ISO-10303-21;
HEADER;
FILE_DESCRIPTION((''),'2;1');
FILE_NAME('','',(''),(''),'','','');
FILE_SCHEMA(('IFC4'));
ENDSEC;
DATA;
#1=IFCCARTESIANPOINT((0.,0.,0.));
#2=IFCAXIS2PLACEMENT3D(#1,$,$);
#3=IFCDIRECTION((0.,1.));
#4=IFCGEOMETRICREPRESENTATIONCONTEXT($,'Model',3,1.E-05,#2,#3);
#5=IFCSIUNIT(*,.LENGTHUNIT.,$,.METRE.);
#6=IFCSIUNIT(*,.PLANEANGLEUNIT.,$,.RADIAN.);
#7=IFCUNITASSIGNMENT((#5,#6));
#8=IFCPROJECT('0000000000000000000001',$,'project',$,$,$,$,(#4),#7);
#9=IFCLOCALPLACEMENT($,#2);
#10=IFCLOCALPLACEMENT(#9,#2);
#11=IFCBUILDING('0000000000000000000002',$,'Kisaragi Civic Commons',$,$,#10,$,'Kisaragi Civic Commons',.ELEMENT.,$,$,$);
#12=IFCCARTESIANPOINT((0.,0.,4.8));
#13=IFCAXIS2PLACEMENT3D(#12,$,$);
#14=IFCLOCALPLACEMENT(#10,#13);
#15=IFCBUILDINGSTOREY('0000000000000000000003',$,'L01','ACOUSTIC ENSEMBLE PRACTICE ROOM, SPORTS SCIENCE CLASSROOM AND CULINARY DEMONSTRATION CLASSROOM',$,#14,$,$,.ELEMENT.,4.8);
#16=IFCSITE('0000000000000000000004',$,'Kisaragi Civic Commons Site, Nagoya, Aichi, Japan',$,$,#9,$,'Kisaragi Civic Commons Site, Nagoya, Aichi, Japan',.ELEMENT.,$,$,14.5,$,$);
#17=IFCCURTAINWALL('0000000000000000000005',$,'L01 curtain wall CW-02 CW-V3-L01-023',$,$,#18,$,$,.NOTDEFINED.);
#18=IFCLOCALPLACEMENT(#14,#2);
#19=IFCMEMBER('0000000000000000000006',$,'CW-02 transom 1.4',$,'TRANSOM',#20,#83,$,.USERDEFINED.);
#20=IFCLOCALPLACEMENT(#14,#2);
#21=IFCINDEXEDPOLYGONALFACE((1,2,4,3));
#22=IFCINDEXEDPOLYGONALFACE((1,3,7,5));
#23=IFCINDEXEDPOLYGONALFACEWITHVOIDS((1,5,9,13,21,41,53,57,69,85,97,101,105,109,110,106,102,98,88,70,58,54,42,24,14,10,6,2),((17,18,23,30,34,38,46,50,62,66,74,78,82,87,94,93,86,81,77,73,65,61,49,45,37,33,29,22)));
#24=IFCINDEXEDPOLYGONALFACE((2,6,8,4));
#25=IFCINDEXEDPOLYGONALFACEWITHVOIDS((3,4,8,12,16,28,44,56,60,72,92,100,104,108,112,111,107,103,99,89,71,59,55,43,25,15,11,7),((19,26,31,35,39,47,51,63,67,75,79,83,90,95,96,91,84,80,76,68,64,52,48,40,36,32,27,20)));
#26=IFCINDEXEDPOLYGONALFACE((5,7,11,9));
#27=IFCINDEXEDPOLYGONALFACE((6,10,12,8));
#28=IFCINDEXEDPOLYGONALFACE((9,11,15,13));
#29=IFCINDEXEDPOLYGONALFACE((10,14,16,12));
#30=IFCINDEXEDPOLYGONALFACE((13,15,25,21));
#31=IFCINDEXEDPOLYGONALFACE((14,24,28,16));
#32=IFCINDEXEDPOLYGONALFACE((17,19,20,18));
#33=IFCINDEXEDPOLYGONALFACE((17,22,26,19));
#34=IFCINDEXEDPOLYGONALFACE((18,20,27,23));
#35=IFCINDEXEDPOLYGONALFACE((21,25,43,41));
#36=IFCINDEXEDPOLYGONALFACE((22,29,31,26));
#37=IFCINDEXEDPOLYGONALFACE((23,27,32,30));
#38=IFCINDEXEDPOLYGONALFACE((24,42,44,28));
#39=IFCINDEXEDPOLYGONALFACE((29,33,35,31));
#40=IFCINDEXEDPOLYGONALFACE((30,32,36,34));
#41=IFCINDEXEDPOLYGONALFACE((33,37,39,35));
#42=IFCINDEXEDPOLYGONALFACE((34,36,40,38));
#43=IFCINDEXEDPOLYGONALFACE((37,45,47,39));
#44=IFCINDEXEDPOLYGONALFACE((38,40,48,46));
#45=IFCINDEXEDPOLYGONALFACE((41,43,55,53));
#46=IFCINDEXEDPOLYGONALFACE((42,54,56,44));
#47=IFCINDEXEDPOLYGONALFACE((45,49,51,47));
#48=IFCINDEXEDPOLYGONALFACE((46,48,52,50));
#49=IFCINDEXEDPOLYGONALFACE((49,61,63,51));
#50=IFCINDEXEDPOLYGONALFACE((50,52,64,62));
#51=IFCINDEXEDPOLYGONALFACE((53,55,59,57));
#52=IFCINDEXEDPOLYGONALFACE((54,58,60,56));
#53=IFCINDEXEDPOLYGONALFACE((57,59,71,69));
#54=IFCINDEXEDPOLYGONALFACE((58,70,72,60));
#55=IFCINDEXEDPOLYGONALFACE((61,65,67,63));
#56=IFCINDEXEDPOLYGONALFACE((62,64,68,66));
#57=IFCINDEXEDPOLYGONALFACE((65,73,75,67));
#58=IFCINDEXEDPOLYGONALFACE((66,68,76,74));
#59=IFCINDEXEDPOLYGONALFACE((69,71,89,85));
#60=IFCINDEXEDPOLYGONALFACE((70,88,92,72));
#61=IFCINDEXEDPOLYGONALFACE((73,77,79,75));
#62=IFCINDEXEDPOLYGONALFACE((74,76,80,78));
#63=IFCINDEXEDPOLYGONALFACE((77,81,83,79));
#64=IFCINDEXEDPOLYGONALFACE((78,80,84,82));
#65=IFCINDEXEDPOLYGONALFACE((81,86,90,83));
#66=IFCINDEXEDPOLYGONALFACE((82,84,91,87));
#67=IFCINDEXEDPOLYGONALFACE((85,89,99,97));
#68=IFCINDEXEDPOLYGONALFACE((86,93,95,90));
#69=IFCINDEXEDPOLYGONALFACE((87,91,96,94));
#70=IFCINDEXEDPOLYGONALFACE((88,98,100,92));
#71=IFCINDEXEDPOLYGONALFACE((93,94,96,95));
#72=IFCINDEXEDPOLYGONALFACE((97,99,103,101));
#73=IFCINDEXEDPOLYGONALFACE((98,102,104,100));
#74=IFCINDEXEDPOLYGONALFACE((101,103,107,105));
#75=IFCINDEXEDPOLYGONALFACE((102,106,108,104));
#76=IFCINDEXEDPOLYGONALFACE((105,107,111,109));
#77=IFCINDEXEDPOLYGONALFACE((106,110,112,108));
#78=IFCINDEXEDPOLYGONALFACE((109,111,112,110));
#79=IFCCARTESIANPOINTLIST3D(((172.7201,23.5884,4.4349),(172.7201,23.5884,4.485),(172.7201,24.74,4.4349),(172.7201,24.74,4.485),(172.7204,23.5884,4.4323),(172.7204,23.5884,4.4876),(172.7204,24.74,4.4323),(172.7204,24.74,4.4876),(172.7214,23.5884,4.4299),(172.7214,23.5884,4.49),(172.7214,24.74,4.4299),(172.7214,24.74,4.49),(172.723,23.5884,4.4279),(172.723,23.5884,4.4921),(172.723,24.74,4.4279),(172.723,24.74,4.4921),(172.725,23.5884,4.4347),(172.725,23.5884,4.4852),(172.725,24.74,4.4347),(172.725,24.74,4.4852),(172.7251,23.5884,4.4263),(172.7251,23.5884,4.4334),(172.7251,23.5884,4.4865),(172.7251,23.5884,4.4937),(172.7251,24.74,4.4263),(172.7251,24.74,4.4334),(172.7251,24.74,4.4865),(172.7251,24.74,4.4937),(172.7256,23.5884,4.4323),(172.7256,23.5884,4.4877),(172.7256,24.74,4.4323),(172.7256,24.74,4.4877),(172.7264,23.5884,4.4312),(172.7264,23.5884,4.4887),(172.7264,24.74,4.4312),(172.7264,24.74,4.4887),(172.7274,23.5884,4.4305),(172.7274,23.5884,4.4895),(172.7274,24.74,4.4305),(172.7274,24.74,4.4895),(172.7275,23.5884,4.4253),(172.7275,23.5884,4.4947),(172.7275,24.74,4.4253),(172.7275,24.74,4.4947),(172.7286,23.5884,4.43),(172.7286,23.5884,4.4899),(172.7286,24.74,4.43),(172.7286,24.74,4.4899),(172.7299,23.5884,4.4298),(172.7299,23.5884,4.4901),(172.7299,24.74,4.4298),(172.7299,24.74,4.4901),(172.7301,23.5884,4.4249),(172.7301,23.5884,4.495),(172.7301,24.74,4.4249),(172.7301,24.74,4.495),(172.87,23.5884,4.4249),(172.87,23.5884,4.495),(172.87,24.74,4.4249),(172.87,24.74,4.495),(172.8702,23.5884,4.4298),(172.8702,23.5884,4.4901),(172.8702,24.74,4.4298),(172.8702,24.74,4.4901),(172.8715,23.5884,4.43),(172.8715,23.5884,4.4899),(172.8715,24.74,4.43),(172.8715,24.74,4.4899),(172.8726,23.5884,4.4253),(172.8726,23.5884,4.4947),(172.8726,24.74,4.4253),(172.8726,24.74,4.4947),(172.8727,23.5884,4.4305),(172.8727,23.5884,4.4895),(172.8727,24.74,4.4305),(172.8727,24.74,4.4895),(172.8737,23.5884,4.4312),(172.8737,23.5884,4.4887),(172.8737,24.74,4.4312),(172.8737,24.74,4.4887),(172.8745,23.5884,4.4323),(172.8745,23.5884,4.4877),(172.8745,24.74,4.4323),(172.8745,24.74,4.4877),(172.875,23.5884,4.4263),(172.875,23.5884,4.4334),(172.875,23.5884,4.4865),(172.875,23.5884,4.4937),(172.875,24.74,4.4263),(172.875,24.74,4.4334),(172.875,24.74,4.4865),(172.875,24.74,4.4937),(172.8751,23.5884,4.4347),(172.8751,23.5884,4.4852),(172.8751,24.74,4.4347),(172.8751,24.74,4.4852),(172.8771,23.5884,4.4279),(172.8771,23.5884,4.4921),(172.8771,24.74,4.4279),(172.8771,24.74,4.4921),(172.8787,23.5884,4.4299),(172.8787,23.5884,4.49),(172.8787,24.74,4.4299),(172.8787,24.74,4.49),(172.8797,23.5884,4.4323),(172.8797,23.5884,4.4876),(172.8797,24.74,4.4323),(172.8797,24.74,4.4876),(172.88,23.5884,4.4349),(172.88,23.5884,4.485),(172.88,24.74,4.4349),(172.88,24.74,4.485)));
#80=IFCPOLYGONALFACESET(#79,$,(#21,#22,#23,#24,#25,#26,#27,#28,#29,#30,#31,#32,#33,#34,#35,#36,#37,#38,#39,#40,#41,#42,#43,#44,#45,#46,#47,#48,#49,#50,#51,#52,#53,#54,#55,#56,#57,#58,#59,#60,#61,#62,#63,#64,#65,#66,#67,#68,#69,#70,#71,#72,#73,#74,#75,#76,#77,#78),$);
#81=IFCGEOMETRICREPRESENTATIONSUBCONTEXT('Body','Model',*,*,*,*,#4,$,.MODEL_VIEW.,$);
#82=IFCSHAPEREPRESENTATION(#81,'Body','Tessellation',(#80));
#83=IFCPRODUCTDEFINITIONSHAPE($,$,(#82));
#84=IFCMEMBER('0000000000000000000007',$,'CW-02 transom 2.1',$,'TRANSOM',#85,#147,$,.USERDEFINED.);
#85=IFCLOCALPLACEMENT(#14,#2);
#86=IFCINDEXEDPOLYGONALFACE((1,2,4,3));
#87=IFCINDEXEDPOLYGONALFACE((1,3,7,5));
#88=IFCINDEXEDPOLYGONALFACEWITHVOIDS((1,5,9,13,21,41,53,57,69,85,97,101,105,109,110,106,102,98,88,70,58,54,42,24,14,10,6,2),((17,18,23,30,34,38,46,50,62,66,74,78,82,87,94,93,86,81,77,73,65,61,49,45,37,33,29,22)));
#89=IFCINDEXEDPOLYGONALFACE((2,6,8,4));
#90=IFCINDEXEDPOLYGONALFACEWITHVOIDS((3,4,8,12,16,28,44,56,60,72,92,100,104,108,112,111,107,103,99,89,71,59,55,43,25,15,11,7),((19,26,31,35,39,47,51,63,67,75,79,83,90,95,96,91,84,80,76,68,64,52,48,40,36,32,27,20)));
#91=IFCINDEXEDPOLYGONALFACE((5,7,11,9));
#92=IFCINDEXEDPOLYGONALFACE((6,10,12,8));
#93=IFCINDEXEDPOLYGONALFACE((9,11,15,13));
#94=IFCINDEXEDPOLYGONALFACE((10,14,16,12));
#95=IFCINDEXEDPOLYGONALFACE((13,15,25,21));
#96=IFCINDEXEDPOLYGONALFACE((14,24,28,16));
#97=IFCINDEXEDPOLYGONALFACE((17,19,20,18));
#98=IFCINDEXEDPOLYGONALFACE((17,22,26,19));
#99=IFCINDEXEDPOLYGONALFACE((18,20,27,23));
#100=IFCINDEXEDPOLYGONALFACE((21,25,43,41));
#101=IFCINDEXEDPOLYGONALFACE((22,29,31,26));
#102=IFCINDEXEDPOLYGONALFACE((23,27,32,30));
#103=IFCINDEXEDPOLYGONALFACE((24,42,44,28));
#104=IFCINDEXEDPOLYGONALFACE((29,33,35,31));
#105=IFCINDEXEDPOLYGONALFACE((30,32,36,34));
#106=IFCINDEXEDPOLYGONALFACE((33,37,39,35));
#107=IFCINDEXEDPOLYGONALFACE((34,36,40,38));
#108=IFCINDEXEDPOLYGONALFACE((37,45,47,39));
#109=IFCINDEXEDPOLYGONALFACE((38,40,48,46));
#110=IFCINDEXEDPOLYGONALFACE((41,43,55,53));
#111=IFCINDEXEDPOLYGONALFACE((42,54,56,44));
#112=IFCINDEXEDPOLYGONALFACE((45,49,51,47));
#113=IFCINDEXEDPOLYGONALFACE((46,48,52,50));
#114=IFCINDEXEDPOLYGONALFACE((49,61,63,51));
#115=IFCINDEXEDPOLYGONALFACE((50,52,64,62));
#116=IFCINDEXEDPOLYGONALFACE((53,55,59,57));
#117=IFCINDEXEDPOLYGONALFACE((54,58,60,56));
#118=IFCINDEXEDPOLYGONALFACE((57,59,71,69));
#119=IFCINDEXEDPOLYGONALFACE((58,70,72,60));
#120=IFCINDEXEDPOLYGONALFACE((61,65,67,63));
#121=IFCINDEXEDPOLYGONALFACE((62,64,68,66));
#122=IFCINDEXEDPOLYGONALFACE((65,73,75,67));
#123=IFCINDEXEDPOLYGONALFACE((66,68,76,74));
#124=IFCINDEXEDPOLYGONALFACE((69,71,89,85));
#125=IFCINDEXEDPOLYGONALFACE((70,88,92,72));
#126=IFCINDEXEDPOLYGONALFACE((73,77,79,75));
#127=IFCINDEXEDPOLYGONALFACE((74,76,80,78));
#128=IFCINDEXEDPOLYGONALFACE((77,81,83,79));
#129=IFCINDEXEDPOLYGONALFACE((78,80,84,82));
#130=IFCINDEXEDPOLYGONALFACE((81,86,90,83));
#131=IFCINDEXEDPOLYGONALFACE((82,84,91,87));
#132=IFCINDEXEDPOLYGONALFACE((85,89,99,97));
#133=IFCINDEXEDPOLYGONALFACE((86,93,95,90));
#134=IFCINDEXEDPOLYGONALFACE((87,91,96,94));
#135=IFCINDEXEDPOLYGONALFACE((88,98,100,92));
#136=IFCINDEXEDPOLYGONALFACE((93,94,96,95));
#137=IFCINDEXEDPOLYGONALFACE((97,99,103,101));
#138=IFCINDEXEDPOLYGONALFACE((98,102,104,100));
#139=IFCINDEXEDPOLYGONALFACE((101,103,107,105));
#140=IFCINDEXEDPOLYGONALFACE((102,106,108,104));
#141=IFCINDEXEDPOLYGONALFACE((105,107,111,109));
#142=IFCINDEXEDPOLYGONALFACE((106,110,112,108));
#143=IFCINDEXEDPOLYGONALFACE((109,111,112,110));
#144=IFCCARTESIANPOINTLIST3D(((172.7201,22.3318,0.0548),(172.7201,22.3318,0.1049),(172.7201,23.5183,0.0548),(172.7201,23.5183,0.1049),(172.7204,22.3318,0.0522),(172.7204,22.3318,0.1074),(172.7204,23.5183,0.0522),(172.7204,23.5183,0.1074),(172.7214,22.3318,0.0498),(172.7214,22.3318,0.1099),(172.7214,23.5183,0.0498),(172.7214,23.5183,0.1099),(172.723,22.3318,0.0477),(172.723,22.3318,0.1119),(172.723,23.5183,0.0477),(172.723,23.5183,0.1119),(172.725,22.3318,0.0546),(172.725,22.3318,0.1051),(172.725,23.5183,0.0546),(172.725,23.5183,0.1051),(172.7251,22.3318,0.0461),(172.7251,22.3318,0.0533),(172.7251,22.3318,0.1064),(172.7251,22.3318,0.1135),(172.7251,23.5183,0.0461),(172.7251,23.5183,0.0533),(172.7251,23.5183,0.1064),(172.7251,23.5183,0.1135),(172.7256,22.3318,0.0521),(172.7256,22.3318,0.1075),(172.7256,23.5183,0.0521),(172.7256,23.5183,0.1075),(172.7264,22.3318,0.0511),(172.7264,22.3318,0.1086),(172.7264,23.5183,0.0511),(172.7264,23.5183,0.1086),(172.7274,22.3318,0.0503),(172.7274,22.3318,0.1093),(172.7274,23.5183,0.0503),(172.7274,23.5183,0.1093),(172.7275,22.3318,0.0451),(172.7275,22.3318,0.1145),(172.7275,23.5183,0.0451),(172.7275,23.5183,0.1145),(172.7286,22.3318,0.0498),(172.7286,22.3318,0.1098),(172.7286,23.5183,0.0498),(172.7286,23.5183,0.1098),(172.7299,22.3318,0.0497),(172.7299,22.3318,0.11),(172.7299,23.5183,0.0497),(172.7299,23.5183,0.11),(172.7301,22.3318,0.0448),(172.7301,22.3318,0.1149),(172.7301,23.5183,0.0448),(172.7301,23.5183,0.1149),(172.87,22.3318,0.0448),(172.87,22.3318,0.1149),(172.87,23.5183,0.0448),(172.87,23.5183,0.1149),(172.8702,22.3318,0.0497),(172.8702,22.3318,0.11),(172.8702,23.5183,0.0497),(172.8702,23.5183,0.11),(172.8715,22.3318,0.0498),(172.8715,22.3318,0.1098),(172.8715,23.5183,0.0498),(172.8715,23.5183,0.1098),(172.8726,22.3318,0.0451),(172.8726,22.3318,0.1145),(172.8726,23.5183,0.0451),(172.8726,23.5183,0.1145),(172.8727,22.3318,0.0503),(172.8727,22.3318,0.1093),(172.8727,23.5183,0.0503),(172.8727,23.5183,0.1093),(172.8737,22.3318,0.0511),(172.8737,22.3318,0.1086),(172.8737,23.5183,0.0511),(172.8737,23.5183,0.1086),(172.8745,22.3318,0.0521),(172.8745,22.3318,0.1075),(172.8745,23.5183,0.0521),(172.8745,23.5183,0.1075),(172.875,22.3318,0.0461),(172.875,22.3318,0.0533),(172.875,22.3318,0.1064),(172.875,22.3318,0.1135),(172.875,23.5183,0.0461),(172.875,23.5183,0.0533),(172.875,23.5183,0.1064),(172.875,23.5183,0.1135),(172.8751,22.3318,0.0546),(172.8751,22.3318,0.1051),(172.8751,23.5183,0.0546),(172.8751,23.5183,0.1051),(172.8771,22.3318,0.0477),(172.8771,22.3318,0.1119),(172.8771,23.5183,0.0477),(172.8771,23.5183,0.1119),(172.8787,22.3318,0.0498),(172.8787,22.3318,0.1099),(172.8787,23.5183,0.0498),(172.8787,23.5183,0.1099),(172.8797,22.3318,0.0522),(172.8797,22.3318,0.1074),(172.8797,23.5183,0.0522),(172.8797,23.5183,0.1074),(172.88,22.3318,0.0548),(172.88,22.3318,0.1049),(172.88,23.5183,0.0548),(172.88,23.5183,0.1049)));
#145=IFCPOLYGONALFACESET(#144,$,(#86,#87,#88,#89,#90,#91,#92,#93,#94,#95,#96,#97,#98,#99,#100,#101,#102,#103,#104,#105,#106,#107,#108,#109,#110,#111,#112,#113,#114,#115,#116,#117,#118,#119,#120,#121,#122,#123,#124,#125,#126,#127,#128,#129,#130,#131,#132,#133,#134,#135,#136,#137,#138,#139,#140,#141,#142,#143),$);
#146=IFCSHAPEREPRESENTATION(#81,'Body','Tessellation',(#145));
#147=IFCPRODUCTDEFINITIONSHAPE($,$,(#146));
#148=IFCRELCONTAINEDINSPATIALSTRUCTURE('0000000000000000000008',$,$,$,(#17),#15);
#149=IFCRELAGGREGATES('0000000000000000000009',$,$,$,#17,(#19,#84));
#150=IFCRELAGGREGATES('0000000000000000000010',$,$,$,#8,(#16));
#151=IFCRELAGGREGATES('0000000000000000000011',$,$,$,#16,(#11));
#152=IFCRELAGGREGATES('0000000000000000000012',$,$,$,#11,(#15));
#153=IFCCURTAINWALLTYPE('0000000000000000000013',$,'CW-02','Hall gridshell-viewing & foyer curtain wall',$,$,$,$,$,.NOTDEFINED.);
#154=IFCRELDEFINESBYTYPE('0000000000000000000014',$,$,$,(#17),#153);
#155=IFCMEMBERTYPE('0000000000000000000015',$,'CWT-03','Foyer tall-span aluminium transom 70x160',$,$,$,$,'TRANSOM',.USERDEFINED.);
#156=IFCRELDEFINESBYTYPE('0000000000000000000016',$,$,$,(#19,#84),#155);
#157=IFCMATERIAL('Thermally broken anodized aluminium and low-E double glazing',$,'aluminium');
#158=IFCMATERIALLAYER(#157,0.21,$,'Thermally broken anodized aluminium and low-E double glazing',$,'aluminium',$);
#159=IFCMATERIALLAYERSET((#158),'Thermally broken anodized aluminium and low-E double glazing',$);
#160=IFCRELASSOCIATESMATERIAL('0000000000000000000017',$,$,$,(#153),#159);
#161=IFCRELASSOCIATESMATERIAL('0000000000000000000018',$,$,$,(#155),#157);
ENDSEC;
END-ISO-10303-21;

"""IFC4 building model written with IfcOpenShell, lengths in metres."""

from ifc_helpers import new_model, si_unit, direction, frame, origin, origin_2d, place, context, subcontext, project, spatial, hollow_rectangle, extrude, material, layer, layer_set, material_profile, profile_set, type_object, element, aggregate, save


model = new_model("IFC4")

# Units and contexts
model_context = context("Model", 3, precision=1e-05, world=origin(), true_north=direction((0.0, 1.0)))
body_context = subcontext(model_context, "Body", "Model", "MODEL_VIEW")
ifc_project = project(units=[si_unit("LENGTHUNIT", "METRE"), si_unit("PLANEANGLEUNIT", "RADIAN")], contexts=[model_context])

# Site, building, storey
site_placement = place(None, origin())
site = spatial("IfcSite", under=ifc_project, at=site_placement, Name="Kisaragi Civic Commons Site, Nagoya, Aichi, Japan", LongName="Kisaragi Civic Commons Site, Nagoya, Aichi, Japan", CompositionType="ELEMENT", RefElevation=14.5)
building_placement = place(site_placement, origin())
building = spatial("IfcBuilding", under=site, at=building_placement, Name="Kisaragi Civic Commons", LongName="Kisaragi Civic Commons", CompositionType="ELEMENT")
storey_placement = place(building_placement, frame((0.0, 0.0, 4.8)))
storey = spatial("IfcBuildingStorey", under=building, at=storey_placement, Name="L01", Description="ACOUSTIC ENSEMBLE PRACTICE ROOM, SPORTS SCIENCE CLASSROOM AND CULINARY DEMONSTRATION CLASSROOM", CompositionType="ELEMENT", Elevation=4.8)

# Curtain wall, members
ifc_material_1 = material(Name="Thermally broken anodized aluminium and low-E double glazing", Category="aluminium")
ifc_layer_1 = layer(ifc_material_1, 0.21, Name="Thermally broken anodized aluminium and low-E double glazing", Category="aluminium")
ifc_layer_set_1 = layer_set([ifc_layer_1], Name="Thermally broken anodized aluminium and low-E double glazing")
curtain_wall_type = type_object("IfcCurtainWallType", Name="CW-02", Description="Hall gridshell-viewing & foyer curtain wall", PredefinedType="NOTDEFINED", material=ifc_layer_set_1)
curtain_wall_placement = place(storey_placement, origin())
curtain_wall = element("IfcCurtainWall", 1, at=curtain_wall_placement, inside=storey, type_object=curtain_wall_type, Name="L01 curtain wall CW-02 CW-V3-L01-023", PredefinedType="NOTDEFINED")
ifc_material_profile_1 = material_profile(ifc_material_1, hollow_rectangle(XDim=0.1599, YDim=0.0701, WallThickness=0.0049, InnerFilletRadius=0.0049, OuterFilletRadius=0.01, at=origin_2d()), Name="CWT-70x160x5", Category="aluminium")
ifc_profile_set_1 = profile_set([ifc_material_profile_1], Name="Thermally broken anodized aluminium and low-E double glazing")
member_type_1 = type_object("IfcMemberType", Name="CWT-03", Description="Foyer tall-span aluminium transom 70x160", ElementType="TRANSOM", PredefinedType="USERDEFINED", material=ifc_profile_set_1)
member_1_placement = place(storey_placement, frame((172.8, 24.74, 4.46), z_axis=(0.0, -1.0, 0.0), x_axis=(1.0, 0.0, 0.0)))
member_1 = element("IfcMember", 2, at=member_1_placement, type_object=member_type_1, Name="CW-02 transom 1.4", ObjectType="TRANSOM", PredefinedType="USERDEFINED", context=body_context, shape_type="SweptSolid", body=[
    extrude(hollow_rectangle(XDim=0.1599, YDim=0.0701, WallThickness=0.0049, InnerFilletRadius=0.0049, OuterFilletRadius=0.01, at=origin_2d()), origin(), (0.0, 0.0, 1.0), 1.1516),
])
member_2_placement = place(storey_placement, frame((172.8, 23.5183, 0.0798), z_axis=(0.0, -1.0, 0.0), x_axis=(1.0, 0.0, 0.0)))
member_2 = element("IfcMember", 3, at=member_2_placement, type_object=member_type_1, Name="CW-02 transom 2.1", ObjectType="TRANSOM", PredefinedType="USERDEFINED", context=body_context, shape_type="SweptSolid", body=[
    extrude(hollow_rectangle(XDim=0.1599, YDim=0.0701, WallThickness=0.0049, InnerFilletRadius=0.0049, OuterFilletRadius=0.01, at=origin_2d()), origin(), (0.0, 0.0, 1.0), 1.1865),
])
aggregate(curtain_wall, [member_1, member_2])

save(model, "model.ifc")
